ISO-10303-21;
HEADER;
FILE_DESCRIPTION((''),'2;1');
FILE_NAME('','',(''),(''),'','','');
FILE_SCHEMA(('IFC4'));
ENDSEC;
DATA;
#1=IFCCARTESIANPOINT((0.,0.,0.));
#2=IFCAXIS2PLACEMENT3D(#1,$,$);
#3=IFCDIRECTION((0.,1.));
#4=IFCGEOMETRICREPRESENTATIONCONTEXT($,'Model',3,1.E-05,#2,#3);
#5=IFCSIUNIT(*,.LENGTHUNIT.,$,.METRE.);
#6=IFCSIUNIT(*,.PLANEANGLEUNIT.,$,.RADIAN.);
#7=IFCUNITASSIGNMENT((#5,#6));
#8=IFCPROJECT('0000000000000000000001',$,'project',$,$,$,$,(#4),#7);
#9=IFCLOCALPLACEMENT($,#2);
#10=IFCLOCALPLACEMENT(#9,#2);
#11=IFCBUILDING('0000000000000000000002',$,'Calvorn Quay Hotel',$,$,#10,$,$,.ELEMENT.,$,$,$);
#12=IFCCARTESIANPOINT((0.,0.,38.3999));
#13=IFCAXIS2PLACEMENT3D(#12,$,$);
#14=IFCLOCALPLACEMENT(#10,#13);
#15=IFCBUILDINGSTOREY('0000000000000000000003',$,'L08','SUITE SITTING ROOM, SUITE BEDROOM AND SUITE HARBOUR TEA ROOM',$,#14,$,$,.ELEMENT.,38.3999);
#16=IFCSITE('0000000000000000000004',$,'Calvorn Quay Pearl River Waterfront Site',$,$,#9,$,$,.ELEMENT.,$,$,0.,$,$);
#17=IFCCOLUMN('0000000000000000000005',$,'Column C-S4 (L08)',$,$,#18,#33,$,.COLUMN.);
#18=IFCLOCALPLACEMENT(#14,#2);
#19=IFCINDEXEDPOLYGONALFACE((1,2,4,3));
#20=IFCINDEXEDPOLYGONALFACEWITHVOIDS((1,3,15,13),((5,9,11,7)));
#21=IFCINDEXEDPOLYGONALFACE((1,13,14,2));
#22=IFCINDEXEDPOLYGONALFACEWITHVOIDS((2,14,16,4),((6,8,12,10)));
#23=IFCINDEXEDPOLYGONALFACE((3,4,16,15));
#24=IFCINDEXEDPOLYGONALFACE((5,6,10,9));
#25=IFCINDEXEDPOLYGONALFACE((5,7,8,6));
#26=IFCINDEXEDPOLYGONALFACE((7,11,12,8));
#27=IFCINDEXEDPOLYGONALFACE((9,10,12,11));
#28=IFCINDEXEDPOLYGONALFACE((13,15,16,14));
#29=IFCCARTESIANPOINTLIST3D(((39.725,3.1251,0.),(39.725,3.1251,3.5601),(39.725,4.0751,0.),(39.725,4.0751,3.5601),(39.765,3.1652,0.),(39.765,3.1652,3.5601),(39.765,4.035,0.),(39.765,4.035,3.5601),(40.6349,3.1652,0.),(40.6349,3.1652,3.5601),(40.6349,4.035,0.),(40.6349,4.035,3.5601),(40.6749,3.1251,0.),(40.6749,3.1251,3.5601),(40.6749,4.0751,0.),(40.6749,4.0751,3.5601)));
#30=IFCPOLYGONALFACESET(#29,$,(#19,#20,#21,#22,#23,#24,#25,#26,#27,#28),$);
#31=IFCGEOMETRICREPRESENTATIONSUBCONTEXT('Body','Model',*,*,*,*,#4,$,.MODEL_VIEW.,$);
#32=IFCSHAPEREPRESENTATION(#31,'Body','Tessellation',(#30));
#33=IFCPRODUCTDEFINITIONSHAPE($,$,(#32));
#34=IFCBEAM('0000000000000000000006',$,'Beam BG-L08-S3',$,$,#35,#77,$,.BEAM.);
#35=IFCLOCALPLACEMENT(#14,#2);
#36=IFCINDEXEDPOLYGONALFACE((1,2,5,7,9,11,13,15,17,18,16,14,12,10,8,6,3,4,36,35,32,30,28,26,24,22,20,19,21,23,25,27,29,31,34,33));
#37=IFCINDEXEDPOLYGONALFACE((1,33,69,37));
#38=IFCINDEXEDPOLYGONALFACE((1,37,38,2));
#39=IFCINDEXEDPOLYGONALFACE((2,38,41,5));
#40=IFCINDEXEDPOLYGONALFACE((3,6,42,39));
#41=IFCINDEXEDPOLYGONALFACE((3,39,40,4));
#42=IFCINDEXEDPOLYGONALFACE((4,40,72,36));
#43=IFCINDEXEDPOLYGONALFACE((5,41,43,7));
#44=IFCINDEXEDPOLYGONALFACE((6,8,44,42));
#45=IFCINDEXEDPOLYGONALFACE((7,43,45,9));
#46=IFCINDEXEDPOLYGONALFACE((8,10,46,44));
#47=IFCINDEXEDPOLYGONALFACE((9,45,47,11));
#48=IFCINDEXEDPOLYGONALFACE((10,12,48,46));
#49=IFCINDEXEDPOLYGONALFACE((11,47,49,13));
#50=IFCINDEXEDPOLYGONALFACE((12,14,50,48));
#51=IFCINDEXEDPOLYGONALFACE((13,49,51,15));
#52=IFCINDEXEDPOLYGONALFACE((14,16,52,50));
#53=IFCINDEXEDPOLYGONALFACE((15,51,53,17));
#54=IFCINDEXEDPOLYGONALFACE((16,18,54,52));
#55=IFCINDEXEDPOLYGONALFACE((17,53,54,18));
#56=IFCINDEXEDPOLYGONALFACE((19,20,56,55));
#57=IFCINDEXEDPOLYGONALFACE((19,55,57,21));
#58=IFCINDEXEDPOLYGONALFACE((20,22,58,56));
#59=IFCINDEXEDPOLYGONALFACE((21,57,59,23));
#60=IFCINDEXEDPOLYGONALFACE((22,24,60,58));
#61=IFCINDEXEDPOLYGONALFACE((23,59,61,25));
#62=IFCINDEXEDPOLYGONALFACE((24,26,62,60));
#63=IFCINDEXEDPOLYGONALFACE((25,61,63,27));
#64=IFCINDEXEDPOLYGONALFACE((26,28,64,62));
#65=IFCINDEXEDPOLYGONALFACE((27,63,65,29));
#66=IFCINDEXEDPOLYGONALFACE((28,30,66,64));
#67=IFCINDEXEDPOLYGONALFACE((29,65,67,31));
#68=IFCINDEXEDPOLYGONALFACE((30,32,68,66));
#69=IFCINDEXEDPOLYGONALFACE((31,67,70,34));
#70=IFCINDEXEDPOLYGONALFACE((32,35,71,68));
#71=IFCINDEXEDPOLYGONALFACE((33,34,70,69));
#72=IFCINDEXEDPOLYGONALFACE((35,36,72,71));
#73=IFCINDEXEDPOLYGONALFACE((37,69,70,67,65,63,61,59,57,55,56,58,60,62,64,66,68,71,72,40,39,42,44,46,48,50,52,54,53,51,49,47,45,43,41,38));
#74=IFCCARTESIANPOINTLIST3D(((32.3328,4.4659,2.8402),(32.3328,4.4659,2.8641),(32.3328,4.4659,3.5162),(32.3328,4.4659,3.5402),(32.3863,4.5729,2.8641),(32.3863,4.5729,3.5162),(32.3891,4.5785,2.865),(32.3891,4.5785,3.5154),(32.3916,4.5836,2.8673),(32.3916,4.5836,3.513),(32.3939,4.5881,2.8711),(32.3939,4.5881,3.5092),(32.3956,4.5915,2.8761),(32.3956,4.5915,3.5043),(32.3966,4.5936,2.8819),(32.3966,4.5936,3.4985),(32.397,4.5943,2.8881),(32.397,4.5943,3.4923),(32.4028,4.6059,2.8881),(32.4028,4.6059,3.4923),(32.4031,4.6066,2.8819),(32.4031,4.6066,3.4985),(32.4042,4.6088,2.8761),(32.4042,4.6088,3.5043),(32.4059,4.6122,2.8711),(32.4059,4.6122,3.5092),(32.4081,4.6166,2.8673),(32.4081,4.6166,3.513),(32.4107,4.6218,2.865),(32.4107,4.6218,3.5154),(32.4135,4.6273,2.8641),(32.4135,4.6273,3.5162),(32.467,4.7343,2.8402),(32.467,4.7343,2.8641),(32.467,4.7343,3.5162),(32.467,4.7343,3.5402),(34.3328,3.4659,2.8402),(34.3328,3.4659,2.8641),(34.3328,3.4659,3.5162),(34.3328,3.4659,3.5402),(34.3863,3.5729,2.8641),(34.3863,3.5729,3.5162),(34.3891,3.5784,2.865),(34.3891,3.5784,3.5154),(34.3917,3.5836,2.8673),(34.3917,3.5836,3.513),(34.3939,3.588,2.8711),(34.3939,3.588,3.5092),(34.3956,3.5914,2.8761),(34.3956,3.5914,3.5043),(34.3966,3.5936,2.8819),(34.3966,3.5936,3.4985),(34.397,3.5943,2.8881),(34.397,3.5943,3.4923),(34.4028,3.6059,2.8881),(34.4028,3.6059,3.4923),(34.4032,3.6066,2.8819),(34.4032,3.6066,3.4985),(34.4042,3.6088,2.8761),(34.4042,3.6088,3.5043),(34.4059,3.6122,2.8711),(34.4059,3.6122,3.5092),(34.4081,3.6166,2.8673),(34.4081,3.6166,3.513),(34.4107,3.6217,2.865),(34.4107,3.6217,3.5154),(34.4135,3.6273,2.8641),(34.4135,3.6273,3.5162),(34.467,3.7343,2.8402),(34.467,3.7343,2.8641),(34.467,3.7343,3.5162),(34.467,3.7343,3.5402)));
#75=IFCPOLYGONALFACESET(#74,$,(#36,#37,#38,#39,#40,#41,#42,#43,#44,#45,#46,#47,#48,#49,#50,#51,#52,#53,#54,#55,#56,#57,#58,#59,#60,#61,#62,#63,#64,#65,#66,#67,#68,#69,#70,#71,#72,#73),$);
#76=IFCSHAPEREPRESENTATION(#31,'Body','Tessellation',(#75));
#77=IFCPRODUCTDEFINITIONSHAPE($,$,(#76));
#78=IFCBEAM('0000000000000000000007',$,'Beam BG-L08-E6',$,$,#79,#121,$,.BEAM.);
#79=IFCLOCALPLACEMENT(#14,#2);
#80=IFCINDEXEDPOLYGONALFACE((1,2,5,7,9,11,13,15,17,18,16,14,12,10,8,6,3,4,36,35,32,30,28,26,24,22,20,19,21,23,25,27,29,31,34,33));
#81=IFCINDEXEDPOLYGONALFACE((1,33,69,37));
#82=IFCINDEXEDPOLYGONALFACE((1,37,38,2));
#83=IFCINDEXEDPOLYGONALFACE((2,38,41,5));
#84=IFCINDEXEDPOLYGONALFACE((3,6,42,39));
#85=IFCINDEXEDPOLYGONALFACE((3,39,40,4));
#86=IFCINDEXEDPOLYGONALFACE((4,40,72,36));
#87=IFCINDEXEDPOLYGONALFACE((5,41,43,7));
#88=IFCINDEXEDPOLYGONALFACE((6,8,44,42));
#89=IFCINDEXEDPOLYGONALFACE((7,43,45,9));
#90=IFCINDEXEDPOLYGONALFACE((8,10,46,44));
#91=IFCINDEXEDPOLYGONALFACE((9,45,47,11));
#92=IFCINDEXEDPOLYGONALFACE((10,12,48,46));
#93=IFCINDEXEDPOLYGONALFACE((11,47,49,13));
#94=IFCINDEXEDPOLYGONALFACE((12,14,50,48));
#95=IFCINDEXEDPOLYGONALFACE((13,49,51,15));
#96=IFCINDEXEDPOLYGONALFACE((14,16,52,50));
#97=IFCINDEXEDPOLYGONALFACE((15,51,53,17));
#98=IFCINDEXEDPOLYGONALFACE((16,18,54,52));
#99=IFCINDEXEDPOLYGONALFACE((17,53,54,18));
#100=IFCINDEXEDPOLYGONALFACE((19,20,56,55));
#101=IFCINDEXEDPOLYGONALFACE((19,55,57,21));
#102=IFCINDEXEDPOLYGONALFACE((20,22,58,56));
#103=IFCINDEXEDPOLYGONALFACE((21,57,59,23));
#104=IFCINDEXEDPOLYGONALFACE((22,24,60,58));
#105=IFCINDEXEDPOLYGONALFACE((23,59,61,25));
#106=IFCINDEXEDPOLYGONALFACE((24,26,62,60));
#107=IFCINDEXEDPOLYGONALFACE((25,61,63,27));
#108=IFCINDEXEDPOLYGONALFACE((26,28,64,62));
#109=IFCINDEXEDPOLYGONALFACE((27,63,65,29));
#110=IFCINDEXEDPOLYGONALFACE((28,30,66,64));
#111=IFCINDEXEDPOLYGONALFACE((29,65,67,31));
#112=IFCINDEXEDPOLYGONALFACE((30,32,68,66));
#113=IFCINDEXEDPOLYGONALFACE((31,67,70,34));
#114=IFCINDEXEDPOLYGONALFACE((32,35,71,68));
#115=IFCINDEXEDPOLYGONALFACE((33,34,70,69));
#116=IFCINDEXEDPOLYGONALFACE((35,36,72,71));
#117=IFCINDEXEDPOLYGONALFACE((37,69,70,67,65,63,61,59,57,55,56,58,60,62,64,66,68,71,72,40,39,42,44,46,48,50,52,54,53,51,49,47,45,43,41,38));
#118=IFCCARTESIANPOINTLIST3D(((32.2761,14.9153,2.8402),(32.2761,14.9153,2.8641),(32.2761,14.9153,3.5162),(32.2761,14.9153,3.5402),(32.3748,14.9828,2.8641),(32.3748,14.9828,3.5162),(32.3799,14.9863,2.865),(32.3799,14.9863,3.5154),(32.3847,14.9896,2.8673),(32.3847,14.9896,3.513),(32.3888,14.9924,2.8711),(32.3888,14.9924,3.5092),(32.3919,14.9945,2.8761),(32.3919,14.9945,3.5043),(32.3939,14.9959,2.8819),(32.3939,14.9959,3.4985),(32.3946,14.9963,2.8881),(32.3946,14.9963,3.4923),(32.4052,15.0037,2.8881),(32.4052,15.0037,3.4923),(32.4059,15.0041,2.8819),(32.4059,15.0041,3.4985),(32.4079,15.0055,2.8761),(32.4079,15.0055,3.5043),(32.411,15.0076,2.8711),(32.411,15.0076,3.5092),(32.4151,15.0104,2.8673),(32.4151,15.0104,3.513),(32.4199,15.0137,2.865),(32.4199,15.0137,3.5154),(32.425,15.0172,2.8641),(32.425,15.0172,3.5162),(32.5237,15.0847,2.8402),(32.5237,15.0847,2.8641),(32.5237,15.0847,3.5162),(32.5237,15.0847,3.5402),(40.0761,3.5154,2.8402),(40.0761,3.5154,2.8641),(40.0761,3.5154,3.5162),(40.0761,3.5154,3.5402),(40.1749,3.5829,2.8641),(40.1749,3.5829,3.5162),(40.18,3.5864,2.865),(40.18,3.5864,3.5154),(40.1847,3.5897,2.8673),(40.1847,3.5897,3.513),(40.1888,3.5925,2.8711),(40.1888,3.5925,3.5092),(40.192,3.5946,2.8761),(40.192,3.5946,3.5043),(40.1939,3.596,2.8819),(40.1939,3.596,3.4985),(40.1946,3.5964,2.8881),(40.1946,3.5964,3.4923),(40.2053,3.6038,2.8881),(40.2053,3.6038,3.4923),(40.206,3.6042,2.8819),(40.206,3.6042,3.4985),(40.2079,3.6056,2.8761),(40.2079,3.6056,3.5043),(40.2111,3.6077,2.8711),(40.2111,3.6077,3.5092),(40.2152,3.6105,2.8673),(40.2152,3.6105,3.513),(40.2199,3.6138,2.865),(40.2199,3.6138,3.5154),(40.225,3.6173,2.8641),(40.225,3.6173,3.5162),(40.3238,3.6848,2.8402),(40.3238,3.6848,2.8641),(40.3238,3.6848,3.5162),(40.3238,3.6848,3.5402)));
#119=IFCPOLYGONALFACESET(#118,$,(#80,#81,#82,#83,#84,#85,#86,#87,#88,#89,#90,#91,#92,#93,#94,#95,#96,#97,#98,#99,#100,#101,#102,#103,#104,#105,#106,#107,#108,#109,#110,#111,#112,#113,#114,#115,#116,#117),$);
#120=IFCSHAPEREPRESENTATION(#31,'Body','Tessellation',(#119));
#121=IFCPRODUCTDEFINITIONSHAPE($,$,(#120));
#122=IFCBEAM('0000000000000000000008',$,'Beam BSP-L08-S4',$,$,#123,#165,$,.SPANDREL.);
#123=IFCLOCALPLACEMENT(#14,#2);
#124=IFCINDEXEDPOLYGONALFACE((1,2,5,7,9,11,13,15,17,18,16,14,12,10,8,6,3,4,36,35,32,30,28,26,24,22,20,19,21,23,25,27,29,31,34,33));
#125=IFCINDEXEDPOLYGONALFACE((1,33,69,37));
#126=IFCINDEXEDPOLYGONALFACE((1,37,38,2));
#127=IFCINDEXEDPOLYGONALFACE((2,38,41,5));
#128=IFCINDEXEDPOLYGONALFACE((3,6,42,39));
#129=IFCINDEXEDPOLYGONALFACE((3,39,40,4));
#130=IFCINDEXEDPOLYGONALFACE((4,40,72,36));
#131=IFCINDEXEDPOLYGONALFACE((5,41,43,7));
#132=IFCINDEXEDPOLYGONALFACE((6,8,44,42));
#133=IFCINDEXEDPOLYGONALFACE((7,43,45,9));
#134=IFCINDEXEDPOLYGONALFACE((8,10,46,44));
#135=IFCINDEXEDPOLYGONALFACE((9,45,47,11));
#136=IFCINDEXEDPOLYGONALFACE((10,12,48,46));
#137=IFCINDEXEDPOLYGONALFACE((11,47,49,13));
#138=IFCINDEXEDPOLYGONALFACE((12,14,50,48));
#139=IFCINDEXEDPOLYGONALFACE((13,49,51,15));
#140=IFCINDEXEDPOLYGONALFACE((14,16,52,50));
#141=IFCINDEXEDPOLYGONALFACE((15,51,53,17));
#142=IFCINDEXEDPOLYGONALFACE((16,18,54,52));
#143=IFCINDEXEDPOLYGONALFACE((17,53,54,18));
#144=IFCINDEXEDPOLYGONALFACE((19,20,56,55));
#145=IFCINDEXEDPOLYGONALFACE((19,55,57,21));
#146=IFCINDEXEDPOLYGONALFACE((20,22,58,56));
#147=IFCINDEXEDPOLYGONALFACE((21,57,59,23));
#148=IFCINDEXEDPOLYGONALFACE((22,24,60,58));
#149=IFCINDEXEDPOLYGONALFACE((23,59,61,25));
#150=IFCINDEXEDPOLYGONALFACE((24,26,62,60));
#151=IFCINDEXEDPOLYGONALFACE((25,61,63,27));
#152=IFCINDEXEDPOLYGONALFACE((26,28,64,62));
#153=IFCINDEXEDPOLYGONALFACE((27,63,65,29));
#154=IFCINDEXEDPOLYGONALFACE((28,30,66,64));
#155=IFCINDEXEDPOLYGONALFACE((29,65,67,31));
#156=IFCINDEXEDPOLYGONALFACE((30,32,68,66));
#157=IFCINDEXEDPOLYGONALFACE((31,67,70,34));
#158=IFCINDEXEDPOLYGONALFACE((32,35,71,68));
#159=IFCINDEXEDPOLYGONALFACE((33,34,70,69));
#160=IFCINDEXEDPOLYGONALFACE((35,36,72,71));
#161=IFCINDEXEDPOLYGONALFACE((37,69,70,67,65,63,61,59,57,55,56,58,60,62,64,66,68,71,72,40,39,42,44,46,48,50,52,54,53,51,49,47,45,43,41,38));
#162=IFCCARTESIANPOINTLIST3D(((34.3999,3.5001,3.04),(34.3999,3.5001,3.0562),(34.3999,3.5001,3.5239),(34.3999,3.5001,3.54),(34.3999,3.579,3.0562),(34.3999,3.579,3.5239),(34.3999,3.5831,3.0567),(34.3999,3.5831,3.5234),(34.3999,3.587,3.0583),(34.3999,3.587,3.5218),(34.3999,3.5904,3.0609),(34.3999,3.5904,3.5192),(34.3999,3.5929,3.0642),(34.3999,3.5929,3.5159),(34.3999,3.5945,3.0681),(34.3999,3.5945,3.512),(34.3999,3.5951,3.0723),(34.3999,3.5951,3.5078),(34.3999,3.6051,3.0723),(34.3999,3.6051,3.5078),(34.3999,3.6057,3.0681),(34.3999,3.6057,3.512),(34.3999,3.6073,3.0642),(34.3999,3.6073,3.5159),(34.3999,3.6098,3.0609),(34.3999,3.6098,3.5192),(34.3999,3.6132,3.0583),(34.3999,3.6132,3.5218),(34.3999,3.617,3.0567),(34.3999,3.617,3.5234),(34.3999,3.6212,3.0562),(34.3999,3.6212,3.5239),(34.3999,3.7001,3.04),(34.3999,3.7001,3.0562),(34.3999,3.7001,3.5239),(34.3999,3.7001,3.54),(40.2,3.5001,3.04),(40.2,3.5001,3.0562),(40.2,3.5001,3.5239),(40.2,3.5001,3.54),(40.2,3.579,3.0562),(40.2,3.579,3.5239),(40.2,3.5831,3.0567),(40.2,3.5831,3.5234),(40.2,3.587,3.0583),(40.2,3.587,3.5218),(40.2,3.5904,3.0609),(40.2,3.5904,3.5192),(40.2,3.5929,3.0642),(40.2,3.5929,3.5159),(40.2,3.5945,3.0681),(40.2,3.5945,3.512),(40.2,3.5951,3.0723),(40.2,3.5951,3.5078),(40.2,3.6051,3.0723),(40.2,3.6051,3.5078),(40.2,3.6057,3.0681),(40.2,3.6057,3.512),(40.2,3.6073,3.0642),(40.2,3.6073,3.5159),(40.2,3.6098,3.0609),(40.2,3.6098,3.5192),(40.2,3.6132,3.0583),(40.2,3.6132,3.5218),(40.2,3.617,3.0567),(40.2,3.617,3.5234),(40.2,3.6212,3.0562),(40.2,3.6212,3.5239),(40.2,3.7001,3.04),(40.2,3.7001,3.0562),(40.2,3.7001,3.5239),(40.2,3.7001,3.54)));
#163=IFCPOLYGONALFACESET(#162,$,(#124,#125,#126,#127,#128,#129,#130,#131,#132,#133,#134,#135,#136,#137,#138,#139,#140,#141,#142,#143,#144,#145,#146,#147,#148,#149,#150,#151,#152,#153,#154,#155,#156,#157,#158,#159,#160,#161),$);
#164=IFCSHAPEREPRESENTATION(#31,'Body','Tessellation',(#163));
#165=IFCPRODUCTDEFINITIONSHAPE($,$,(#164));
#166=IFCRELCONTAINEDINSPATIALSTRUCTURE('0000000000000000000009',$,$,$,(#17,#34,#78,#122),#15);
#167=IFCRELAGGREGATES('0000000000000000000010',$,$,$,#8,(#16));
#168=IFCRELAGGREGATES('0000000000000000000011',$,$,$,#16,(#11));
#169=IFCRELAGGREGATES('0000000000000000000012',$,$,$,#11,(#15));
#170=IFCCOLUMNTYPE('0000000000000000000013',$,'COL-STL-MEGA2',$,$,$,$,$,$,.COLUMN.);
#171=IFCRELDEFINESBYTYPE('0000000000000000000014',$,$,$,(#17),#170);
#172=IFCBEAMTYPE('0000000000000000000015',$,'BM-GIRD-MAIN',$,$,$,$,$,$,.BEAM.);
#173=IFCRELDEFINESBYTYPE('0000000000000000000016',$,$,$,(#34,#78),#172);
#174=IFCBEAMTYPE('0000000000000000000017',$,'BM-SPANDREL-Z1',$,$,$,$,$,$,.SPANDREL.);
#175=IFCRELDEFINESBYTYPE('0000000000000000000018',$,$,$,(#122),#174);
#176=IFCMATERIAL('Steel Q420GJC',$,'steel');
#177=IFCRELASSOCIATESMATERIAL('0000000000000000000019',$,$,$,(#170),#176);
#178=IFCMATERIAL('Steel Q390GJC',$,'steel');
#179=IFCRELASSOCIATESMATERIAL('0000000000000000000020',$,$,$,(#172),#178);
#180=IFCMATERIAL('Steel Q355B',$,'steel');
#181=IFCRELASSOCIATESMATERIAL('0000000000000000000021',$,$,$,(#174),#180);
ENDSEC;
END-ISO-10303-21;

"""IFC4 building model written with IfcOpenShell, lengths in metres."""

from ifc_helpers import new_model, si_unit, direction, frame, origin, origin_2d, place, context, subcontext, project, spatial, hollow_rectangle, i_section, extrude, material, material_profile, profile_set, type_object, element, save


model = new_model("IFC4")

# Units and contexts
model_context = context("Model", 3, precision=1e-05, world=origin(), true_north=direction((0.0, 1.0)))
body_context = subcontext(model_context, "Body", "Model", "MODEL_VIEW")
ifc_project = project(units=[si_unit("LENGTHUNIT", "METRE"), si_unit("PLANEANGLEUNIT", "RADIAN")], contexts=[model_context])

# Site, building, storey
site_placement = place(None, origin())
site = spatial("IfcSite", under=ifc_project, at=site_placement, Name="Calvorn Quay Pearl River Waterfront Site", CompositionType="ELEMENT", RefElevation=0.0)
building_placement = place(site_placement, origin())
building = spatial("IfcBuilding", under=site, at=building_placement, Name="Calvorn Quay Hotel", CompositionType="ELEMENT")
storey_placement = place(building_placement, frame((0.0, 0.0, 38.3999)))
storey = spatial("IfcBuildingStorey", under=building, at=storey_placement, Name="L08", Description="SUITE SITTING ROOM, SUITE BEDROOM AND SUITE HARBOUR TEA ROOM", CompositionType="ELEMENT", Elevation=38.3999)

# Column
ifc_material_1 = material(Name="Steel Q420GJC", Category="steel")
ifc_material_profile_1 = material_profile(ifc_material_1, hollow_rectangle(XDim=0.95, YDim=0.95, WallThickness=0.04, at=origin_2d()), Name="BOX950x950x40")
ifc_profile_set_1 = profile_set([ifc_material_profile_1], Name="Steel Q420GJC")
column_type = type_object("IfcColumnType", Name="COL-STL-MEGA2", PredefinedType="COLUMN", material=ifc_profile_set_1)
column_placement = place(storey_placement, frame((40.2, 3.6001, 0.0), z_axis=(0.0, 0.0, 1.0), x_axis=(1.0, 0.0, 0.0)))
element("IfcColumn", 1, at=column_placement, inside=storey, type_object=column_type, Name="Column C-S4 (L08)", PredefinedType="COLUMN", context=body_context, shape_type="SweptSolid", body=[
    extrude(hollow_rectangle(XDim=0.95, YDim=0.95, WallThickness=0.04, at=origin_2d()), origin(), (0.0, 0.0, 1.0), 3.5601),
])

# Beams
ifc_material_2 = material(Name="Steel Q390GJC", Category="steel")
ifc_material_profile_2 = material_profile(ifc_material_2, i_section(OverallWidth=0.3, OverallDepth=0.7, WebThickness=0.0129, FlangeThickness=0.0239, FilletRadius=0.0239, at=origin_2d()), Name="HN700x300x13x24")
ifc_profile_set_2 = profile_set([ifc_material_profile_2], Name="Steel Q390GJC")
beam_type_1 = type_object("IfcBeamType", Name="BM-GIRD-MAIN", PredefinedType="BEAM", material=ifc_profile_set_2)
beam_1_placement = place(storey_placement, frame((34.3999, 3.6001, 3.1902), z_axis=(-0.894427, 0.447214, 0.0), x_axis=(-0.447214, -0.894427, 0.0)))
element("IfcBeam", 2, at=beam_1_placement, inside=storey, type_object=beam_type_1, Name="Beam BG-L08-S3", PredefinedType="BEAM", context=body_context, shape_type="SweptSolid", body=[
    extrude(i_section(OverallWidth=0.3, OverallDepth=0.7, WebThickness=0.0129, FlangeThickness=0.0239, FilletRadius=0.0239, at=origin_2d()), origin(), (0.0, 0.0, 1.0), 2.2361),
])
beam_2_placement = place(storey_placement, frame((40.2, 3.6001, 3.1902), z_axis=(-0.56469, 0.825303, 0.0), x_axis=(-0.825303, -0.56469, 0.0)))
element("IfcBeam", 3, at=beam_2_placement, inside=storey, type_object=beam_type_1, Name="Beam BG-L08-E6", PredefinedType="BEAM", context=body_context, shape_type="SweptSolid", body=[
    extrude(i_section(OverallWidth=0.3, OverallDepth=0.7, WebThickness=0.0129, FlangeThickness=0.0239, FilletRadius=0.0239, at=origin_2d()), origin(), (0.0, 0.0, 1.0), 13.813),
])
ifc_material_3 = material(Name="Steel Q355B", Category="steel")
ifc_material_profile_3 = material_profile(ifc_material_3, i_section(OverallWidth=0.2, OverallDepth=0.5, WebThickness=0.01, FlangeThickness=0.0161, FilletRadius=0.0161, at=origin_2d()), Name="HN500x200x10x16")
ifc_profile_set_3 = profile_set([ifc_material_profile_3], Name="Steel Q355B")
beam_type_2 = type_object("IfcBeamType", Name="BM-SPANDREL-Z1", PredefinedType="SPANDREL", material=ifc_profile_set_3)
beam_3_placement = place(storey_placement, frame((34.3999, 3.6001, 3.29), z_axis=(1.0, 0.0, 0.0), x_axis=(0.0, 1.0, 0.0)))
element("IfcBeam", 4, at=beam_3_placement, inside=storey, type_object=beam_type_2, Name="Beam BSP-L08-S4", PredefinedType="SPANDREL", context=body_context, shape_type="SweptSolid", body=[
    extrude(i_section(OverallWidth=0.2, OverallDepth=0.5, WebThickness=0.01, FlangeThickness=0.0161, FilletRadius=0.0161, at=origin_2d()), origin(), (0.0, 0.0, 1.0), 5.8),
])

save(model, "model.ifc")
